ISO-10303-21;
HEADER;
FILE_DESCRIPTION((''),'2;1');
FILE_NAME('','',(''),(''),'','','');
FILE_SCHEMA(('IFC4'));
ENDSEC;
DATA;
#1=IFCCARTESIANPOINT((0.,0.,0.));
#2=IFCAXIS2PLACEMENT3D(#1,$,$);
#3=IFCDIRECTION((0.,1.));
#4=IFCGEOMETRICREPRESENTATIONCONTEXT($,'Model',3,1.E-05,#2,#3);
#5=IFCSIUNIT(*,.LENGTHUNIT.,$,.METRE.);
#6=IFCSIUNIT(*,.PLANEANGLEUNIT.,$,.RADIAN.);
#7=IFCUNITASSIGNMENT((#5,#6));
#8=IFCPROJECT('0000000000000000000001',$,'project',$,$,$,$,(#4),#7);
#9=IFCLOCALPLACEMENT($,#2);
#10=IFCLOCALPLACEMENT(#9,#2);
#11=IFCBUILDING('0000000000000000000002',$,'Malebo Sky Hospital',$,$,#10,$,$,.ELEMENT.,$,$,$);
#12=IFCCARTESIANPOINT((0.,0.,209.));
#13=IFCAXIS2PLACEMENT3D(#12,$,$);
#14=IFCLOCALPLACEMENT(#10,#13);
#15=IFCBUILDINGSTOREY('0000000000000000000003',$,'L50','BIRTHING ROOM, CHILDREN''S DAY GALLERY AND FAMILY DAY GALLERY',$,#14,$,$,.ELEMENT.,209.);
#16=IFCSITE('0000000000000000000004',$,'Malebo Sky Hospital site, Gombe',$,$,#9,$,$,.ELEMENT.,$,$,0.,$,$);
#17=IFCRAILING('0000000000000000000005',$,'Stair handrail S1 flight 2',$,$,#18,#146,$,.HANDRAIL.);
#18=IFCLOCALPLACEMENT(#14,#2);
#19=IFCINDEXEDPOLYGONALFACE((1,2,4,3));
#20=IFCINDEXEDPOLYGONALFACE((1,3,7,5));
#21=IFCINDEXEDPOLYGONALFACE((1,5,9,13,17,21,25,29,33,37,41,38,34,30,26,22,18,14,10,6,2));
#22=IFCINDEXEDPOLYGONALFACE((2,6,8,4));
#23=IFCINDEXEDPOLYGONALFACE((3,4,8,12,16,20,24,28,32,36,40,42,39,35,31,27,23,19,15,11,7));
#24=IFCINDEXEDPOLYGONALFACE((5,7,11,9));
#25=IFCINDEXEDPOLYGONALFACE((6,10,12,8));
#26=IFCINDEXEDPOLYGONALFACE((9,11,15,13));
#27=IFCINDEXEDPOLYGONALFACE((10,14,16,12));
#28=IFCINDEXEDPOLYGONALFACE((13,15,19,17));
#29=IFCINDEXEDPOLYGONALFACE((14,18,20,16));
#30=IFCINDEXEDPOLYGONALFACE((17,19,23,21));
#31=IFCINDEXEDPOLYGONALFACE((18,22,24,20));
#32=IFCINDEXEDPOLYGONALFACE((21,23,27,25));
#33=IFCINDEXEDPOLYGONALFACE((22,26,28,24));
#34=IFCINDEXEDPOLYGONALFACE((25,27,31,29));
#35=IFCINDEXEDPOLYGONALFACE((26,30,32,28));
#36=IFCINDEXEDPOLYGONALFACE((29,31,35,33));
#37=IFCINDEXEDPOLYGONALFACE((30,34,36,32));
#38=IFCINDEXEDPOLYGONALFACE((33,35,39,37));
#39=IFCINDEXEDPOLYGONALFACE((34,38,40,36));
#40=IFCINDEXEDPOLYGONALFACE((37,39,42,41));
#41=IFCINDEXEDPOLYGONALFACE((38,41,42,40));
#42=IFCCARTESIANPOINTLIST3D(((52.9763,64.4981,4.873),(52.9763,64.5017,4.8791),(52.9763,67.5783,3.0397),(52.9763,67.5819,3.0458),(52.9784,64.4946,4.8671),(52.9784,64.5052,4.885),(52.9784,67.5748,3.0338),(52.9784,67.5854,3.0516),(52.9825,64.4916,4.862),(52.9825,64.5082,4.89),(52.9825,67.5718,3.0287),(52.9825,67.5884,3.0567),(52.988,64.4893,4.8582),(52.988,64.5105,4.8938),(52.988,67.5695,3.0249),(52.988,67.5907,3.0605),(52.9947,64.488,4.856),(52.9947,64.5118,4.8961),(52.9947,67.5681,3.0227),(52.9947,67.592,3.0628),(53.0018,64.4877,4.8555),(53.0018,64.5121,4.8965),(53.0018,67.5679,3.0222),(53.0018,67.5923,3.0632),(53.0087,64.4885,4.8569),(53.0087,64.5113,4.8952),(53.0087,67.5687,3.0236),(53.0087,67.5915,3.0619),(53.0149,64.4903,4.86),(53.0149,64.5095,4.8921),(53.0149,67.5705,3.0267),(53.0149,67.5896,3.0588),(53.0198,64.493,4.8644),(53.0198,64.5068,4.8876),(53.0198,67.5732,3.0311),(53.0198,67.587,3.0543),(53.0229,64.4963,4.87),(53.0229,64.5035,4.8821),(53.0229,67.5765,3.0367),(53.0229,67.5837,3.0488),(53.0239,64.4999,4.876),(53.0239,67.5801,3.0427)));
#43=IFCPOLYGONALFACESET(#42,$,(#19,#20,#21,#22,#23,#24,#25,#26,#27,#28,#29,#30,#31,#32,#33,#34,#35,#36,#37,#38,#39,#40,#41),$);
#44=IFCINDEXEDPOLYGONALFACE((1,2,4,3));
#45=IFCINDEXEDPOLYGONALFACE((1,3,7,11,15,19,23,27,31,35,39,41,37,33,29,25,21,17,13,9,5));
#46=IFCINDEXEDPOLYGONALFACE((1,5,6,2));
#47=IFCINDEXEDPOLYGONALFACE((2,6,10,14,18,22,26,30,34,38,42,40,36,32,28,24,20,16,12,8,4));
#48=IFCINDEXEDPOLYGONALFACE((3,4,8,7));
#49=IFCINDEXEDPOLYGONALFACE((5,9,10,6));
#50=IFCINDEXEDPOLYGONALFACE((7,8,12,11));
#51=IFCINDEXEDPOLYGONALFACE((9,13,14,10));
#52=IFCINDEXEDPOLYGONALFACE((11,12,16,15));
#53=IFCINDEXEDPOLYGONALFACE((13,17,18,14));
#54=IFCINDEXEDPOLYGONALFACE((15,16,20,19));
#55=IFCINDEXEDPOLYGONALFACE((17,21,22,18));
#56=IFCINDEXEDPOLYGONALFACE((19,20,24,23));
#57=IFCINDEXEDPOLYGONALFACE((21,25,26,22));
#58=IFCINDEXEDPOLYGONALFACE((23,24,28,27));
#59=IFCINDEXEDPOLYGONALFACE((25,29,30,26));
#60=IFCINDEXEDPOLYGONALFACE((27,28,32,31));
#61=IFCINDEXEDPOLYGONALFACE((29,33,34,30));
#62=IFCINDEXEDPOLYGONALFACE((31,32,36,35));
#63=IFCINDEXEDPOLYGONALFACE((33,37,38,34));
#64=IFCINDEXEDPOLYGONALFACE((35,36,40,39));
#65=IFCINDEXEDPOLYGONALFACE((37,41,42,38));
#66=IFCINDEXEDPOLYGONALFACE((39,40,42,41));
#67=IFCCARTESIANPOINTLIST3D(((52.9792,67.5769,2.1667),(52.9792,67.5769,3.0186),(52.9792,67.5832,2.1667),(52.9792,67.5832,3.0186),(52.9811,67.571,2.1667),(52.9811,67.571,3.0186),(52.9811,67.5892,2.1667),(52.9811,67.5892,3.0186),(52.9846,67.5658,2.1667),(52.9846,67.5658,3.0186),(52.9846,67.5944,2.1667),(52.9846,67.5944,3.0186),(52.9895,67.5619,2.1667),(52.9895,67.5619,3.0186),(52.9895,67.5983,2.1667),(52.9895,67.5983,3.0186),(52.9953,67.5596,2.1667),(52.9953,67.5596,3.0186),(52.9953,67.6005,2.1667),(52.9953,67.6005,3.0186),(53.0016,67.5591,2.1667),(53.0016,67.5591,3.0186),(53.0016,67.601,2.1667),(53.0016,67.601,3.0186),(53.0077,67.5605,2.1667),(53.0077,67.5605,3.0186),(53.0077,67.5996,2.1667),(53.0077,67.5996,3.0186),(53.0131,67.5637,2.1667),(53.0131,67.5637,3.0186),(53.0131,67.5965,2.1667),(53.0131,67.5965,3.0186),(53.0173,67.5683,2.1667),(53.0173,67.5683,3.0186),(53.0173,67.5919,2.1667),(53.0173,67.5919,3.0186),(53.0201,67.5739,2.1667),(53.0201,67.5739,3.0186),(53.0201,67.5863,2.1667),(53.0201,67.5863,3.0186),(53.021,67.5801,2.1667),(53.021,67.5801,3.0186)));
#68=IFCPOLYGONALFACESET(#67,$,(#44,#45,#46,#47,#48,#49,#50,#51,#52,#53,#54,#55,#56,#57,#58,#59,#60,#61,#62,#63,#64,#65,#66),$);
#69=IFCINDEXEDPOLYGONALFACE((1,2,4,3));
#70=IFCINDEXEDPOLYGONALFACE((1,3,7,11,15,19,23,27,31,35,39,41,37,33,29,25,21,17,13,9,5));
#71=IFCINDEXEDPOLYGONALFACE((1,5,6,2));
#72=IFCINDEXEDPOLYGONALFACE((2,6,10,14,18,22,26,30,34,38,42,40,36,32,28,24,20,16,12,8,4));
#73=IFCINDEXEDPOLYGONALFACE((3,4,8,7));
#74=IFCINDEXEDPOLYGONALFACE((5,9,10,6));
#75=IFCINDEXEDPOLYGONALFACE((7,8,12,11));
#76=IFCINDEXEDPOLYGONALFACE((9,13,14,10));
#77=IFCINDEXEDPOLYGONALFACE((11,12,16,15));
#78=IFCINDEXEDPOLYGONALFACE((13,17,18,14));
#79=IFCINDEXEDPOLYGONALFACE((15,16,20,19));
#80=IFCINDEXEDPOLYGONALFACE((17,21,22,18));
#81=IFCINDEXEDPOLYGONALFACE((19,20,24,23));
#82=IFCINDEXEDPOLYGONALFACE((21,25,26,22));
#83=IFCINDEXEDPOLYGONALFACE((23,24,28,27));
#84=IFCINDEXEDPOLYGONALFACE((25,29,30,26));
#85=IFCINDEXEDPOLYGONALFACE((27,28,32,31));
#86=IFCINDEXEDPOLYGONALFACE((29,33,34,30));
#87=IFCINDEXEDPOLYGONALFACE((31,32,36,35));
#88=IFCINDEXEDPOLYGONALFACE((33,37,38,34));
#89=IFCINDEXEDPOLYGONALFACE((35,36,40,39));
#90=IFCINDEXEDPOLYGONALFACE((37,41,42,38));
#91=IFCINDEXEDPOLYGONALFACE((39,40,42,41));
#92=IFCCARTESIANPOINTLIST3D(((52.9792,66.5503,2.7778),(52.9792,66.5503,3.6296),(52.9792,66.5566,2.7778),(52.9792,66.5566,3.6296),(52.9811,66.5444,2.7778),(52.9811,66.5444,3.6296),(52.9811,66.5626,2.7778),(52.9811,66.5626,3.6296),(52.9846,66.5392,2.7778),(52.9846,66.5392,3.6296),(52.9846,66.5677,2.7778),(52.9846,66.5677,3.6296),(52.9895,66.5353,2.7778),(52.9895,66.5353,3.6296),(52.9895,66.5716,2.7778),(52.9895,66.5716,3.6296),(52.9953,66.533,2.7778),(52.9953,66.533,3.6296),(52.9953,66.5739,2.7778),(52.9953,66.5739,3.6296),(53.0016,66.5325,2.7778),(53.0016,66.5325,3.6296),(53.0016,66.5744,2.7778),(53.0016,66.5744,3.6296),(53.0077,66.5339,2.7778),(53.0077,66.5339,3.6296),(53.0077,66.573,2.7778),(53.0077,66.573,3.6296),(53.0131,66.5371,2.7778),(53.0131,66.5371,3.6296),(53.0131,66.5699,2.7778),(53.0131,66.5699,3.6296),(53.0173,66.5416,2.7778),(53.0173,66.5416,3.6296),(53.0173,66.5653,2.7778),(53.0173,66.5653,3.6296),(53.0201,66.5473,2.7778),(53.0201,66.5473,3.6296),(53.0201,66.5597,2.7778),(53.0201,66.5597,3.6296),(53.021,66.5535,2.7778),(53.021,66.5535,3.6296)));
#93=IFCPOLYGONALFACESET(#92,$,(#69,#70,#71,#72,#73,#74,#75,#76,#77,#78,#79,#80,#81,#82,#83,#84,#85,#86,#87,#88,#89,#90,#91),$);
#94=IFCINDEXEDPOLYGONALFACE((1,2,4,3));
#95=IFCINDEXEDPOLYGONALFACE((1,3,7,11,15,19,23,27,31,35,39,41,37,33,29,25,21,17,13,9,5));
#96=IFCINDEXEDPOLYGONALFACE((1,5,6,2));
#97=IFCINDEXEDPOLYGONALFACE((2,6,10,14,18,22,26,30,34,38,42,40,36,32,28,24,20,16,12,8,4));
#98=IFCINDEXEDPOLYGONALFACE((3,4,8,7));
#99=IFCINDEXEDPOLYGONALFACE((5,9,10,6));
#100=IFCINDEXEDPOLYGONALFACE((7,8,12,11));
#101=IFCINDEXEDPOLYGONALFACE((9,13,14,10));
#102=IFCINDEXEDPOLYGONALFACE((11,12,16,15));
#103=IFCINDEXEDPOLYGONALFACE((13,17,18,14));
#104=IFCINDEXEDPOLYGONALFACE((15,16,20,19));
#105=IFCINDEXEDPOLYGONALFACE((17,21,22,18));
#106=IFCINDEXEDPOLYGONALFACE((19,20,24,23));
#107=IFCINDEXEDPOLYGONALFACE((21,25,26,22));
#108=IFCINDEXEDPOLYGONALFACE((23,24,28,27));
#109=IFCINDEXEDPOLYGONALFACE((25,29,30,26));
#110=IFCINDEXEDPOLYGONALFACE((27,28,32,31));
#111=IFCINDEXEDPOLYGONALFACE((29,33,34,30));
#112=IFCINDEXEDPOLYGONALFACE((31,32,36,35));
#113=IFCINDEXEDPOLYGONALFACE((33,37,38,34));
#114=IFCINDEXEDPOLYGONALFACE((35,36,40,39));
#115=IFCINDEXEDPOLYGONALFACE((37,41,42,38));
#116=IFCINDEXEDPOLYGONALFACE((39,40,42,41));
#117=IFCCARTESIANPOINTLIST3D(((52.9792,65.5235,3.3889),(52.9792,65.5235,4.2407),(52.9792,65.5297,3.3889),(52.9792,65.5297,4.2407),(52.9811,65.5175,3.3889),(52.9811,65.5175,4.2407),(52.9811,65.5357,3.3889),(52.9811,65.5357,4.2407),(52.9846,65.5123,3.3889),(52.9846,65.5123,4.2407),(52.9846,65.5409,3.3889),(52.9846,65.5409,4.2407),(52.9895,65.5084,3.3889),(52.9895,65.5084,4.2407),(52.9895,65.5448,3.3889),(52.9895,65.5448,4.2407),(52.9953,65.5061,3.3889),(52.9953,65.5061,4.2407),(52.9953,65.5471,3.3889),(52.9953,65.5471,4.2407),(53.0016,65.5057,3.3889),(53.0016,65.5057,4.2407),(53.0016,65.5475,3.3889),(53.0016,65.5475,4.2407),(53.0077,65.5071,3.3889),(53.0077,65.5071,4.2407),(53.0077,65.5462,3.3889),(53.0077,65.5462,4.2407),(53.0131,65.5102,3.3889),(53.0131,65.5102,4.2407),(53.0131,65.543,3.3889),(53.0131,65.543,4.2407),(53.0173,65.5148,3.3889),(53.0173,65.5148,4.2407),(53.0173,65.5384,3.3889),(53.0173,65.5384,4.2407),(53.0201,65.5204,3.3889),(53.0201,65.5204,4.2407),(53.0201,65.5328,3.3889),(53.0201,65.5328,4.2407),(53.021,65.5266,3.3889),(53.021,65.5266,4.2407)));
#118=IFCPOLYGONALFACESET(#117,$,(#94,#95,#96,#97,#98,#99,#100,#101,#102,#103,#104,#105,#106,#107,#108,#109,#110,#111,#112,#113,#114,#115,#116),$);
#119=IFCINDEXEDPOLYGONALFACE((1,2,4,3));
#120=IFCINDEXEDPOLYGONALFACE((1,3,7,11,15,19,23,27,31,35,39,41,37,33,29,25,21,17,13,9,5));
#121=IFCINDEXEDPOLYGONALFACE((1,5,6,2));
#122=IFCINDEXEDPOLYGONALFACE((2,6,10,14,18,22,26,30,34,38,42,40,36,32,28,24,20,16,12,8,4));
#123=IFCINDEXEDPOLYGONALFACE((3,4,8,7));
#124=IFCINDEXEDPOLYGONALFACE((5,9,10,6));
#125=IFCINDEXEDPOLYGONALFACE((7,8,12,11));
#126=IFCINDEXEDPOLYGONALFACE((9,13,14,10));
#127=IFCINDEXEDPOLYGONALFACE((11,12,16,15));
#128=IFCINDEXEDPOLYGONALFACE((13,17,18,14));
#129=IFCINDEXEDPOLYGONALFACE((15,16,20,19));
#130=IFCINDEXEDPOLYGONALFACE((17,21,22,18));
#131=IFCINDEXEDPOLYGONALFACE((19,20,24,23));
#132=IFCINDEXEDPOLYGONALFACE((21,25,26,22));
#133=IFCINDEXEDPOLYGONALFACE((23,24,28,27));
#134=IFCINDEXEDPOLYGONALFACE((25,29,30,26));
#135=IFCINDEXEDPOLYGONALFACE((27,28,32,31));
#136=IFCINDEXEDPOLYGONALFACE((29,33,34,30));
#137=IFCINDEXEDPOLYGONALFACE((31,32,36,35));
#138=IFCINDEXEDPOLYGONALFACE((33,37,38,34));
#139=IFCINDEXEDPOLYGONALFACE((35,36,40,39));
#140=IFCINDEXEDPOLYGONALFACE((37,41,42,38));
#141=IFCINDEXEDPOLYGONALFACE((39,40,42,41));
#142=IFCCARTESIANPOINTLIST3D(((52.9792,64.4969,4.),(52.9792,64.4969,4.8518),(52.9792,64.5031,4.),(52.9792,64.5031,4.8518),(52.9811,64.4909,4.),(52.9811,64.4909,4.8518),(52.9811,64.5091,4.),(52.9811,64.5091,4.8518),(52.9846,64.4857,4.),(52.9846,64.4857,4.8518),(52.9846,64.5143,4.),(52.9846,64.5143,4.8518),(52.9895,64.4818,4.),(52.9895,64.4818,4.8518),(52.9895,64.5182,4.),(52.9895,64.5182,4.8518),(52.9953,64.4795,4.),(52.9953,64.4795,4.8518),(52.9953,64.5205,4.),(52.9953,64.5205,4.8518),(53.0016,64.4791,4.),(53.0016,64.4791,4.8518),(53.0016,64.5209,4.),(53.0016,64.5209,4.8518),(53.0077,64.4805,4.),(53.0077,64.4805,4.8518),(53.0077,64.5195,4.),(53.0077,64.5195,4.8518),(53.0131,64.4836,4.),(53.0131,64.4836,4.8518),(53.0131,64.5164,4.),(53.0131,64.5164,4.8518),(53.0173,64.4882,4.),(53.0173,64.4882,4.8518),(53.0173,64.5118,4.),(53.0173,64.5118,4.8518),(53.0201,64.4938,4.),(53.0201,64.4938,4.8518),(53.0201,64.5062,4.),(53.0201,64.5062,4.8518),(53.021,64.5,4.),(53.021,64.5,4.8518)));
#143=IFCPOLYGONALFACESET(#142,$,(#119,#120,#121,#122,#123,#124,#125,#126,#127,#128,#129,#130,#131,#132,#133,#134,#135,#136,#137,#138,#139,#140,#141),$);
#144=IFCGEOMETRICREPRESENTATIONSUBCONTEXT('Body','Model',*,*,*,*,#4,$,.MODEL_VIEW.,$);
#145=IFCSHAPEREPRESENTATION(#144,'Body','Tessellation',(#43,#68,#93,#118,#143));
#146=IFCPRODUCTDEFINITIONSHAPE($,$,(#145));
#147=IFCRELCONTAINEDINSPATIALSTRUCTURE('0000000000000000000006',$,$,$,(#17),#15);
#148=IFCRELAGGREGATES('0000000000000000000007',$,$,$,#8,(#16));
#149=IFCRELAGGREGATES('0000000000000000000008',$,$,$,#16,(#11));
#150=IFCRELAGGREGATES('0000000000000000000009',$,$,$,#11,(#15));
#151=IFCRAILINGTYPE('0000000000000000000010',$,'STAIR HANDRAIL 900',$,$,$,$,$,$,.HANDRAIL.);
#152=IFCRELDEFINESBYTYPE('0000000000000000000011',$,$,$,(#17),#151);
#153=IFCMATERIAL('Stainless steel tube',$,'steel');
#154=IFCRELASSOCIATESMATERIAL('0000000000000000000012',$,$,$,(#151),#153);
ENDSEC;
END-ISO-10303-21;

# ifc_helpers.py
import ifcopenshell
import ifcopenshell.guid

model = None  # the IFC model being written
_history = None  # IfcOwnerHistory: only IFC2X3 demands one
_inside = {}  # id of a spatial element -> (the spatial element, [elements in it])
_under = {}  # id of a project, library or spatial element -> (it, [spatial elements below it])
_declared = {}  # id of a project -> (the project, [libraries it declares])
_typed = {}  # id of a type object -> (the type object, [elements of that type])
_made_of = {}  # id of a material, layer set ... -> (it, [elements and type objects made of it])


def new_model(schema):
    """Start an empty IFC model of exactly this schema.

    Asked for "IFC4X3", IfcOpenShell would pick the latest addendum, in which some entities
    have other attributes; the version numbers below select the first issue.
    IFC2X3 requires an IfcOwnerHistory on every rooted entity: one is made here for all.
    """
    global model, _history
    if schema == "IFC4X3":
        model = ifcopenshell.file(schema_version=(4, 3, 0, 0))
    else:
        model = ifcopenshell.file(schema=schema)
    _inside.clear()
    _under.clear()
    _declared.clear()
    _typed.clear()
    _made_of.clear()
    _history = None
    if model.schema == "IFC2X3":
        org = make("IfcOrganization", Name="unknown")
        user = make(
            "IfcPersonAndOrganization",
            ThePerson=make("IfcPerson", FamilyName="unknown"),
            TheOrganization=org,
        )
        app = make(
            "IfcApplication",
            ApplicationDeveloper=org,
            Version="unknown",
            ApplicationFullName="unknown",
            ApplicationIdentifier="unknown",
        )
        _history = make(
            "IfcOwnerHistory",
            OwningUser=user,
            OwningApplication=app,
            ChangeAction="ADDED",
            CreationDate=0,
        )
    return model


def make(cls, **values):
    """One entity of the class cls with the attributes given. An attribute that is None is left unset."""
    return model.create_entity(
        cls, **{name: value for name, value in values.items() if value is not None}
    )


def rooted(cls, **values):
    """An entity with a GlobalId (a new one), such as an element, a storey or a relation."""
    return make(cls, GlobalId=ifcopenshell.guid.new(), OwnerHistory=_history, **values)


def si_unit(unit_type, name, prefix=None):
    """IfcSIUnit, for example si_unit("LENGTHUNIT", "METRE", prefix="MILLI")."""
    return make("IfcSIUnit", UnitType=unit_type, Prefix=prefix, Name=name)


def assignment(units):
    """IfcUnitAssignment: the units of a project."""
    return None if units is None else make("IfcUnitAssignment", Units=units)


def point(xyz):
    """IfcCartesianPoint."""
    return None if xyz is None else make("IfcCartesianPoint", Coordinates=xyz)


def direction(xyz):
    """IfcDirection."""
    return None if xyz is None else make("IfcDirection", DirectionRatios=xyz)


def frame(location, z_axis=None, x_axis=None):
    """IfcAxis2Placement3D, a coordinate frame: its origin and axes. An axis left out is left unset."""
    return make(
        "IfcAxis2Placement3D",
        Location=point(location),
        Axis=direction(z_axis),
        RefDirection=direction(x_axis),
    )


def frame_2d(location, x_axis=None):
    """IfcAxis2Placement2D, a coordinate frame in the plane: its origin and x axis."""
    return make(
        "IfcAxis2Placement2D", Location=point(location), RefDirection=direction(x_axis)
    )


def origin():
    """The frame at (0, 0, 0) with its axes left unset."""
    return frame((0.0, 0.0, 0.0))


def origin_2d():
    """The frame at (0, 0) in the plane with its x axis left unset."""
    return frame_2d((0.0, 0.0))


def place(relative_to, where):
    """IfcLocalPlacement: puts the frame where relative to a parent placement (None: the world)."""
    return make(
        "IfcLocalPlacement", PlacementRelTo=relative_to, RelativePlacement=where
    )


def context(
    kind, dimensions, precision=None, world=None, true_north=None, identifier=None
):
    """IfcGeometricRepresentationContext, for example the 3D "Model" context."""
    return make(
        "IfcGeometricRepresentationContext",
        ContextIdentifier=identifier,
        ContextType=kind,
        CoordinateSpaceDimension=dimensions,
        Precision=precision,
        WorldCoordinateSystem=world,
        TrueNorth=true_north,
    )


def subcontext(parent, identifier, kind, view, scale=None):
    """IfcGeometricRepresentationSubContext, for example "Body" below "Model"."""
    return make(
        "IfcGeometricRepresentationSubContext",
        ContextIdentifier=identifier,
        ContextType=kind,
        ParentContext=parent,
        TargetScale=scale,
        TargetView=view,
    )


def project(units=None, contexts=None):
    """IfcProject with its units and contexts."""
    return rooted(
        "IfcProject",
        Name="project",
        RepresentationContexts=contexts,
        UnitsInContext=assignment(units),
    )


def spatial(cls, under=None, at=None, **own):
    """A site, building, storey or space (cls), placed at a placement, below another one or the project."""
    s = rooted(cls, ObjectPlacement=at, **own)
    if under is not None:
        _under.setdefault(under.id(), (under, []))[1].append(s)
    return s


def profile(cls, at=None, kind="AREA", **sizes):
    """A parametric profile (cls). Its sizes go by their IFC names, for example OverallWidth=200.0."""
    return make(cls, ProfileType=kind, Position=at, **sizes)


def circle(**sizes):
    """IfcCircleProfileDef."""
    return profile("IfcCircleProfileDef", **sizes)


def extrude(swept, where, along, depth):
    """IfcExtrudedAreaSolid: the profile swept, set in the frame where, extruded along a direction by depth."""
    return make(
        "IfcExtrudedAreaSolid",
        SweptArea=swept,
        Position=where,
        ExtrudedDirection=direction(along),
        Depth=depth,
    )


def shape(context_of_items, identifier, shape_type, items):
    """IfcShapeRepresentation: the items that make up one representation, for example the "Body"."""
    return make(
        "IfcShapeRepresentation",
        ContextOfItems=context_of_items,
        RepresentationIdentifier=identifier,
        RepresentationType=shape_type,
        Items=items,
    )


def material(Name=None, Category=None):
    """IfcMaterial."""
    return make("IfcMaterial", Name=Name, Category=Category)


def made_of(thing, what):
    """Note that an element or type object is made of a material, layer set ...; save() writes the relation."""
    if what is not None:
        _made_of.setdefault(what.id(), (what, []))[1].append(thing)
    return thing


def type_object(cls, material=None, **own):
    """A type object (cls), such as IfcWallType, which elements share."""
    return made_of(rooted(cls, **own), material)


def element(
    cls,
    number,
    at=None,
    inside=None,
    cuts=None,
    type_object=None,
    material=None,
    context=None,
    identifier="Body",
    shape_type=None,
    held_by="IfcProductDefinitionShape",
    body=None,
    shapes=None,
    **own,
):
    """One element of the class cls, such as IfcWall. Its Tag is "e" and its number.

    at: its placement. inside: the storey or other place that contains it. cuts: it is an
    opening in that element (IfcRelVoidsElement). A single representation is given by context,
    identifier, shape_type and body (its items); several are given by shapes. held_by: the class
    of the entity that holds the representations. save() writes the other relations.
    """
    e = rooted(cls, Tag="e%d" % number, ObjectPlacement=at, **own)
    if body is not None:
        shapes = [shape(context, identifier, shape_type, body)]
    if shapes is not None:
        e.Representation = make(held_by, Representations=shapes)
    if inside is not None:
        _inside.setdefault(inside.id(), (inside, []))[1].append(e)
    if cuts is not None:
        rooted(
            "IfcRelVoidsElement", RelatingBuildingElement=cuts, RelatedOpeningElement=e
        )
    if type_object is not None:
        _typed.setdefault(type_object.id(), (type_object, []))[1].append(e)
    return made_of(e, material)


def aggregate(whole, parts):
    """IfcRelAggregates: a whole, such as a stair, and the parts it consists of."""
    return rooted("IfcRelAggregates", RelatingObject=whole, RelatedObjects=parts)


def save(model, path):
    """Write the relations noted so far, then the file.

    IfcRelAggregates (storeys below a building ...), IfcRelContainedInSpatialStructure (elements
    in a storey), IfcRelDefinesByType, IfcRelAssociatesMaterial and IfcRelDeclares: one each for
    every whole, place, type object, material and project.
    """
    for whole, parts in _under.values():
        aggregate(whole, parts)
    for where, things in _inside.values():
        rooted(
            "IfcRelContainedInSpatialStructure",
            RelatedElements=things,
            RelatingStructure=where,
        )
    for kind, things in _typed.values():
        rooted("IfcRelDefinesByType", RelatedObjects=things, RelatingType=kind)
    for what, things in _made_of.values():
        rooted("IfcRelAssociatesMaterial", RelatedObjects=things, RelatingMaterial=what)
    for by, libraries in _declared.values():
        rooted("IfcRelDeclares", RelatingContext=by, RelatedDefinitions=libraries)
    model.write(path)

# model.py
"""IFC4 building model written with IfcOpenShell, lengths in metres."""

from ifc_helpers import new_model, si_unit, direction, frame, origin, origin_2d, place, context, subcontext, project, spatial, circle, extrude, material, type_object, element, save


model = new_model("IFC4")

# Units and contexts
model_context = context("Model", 3, precision=1e-05, world=origin(), true_north=direction((0.0, 1.0)))
body_context = subcontext(model_context, "Body", "Model", "MODEL_VIEW")
ifc_project = project(units=[si_unit("LENGTHUNIT", "METRE"), si_unit("PLANEANGLEUNIT", "RADIAN")], contexts=[model_context])

# Site, building, storey
site_placement = place(None, origin())
site = spatial("IfcSite", under=ifc_project, at=site_placement, Name="Malebo Sky Hospital site, Gombe", CompositionType="ELEMENT", RefElevation=0.0)
building_placement = place(site_placement, origin())
building = spatial("IfcBuilding", under=site, at=building_placement, Name="Malebo Sky Hospital", CompositionType="ELEMENT")
storey_placement = place(building_placement, frame((0.0, 0.0, 209.0)))
storey = spatial("IfcBuildingStorey", under=building, at=storey_placement, Name="L50", Description="BIRTHING ROOM, CHILDREN'S DAY GALLERY AND FAMILY DAY GALLERY", CompositionType="ELEMENT", Elevation=209.0)

# Railing
ifc_material_1 = material(Name="Stainless steel tube", Category="steel")
railing_type = type_object("IfcRailingType", Name="STAIR HANDRAIL 900", PredefinedType="HANDRAIL", material=ifc_material_1)
railing_1_placement = place(storey_placement, frame((53.0, 67.5801, 2.1667)))
element("IfcRailing", 1, at=railing_1_placement, inside=storey, type_object=railing_type, Name="Stair handrail S1 flight 2", PredefinedType="HANDRAIL", context=body_context, shape_type="SweptSolid", body=[
    extrude(circle(Radius=0.0239, at=origin_2d()), frame((0.0, 0.0, 0.876), z_axis=(0.0, -0.859309, 0.511458), x_axis=(1.0, 0.0, 0.0)), (0.0, 0.0, 1.0), 3.5845),
    extrude(circle(Radius=0.021, at=origin_2d()), origin(), (0.0, 0.0, 1.0), 0.8518),
    extrude(circle(Radius=0.021, at=origin_2d()), frame((0.0, -1.0266, 0.6111)), (0.0, 0.0, 1.0), 0.8518),
    extrude(circle(Radius=0.021, at=origin_2d()), frame((0.0, -2.0535, 1.2222)), (0.0, 0.0, 1.0), 0.8518),
    extrude(circle(Radius=0.021, at=origin_2d()), frame((0.0, -3.0801, 1.8333)), (0.0, 0.0, 1.0), 0.8518),
])

save(model, "model.ifc")
